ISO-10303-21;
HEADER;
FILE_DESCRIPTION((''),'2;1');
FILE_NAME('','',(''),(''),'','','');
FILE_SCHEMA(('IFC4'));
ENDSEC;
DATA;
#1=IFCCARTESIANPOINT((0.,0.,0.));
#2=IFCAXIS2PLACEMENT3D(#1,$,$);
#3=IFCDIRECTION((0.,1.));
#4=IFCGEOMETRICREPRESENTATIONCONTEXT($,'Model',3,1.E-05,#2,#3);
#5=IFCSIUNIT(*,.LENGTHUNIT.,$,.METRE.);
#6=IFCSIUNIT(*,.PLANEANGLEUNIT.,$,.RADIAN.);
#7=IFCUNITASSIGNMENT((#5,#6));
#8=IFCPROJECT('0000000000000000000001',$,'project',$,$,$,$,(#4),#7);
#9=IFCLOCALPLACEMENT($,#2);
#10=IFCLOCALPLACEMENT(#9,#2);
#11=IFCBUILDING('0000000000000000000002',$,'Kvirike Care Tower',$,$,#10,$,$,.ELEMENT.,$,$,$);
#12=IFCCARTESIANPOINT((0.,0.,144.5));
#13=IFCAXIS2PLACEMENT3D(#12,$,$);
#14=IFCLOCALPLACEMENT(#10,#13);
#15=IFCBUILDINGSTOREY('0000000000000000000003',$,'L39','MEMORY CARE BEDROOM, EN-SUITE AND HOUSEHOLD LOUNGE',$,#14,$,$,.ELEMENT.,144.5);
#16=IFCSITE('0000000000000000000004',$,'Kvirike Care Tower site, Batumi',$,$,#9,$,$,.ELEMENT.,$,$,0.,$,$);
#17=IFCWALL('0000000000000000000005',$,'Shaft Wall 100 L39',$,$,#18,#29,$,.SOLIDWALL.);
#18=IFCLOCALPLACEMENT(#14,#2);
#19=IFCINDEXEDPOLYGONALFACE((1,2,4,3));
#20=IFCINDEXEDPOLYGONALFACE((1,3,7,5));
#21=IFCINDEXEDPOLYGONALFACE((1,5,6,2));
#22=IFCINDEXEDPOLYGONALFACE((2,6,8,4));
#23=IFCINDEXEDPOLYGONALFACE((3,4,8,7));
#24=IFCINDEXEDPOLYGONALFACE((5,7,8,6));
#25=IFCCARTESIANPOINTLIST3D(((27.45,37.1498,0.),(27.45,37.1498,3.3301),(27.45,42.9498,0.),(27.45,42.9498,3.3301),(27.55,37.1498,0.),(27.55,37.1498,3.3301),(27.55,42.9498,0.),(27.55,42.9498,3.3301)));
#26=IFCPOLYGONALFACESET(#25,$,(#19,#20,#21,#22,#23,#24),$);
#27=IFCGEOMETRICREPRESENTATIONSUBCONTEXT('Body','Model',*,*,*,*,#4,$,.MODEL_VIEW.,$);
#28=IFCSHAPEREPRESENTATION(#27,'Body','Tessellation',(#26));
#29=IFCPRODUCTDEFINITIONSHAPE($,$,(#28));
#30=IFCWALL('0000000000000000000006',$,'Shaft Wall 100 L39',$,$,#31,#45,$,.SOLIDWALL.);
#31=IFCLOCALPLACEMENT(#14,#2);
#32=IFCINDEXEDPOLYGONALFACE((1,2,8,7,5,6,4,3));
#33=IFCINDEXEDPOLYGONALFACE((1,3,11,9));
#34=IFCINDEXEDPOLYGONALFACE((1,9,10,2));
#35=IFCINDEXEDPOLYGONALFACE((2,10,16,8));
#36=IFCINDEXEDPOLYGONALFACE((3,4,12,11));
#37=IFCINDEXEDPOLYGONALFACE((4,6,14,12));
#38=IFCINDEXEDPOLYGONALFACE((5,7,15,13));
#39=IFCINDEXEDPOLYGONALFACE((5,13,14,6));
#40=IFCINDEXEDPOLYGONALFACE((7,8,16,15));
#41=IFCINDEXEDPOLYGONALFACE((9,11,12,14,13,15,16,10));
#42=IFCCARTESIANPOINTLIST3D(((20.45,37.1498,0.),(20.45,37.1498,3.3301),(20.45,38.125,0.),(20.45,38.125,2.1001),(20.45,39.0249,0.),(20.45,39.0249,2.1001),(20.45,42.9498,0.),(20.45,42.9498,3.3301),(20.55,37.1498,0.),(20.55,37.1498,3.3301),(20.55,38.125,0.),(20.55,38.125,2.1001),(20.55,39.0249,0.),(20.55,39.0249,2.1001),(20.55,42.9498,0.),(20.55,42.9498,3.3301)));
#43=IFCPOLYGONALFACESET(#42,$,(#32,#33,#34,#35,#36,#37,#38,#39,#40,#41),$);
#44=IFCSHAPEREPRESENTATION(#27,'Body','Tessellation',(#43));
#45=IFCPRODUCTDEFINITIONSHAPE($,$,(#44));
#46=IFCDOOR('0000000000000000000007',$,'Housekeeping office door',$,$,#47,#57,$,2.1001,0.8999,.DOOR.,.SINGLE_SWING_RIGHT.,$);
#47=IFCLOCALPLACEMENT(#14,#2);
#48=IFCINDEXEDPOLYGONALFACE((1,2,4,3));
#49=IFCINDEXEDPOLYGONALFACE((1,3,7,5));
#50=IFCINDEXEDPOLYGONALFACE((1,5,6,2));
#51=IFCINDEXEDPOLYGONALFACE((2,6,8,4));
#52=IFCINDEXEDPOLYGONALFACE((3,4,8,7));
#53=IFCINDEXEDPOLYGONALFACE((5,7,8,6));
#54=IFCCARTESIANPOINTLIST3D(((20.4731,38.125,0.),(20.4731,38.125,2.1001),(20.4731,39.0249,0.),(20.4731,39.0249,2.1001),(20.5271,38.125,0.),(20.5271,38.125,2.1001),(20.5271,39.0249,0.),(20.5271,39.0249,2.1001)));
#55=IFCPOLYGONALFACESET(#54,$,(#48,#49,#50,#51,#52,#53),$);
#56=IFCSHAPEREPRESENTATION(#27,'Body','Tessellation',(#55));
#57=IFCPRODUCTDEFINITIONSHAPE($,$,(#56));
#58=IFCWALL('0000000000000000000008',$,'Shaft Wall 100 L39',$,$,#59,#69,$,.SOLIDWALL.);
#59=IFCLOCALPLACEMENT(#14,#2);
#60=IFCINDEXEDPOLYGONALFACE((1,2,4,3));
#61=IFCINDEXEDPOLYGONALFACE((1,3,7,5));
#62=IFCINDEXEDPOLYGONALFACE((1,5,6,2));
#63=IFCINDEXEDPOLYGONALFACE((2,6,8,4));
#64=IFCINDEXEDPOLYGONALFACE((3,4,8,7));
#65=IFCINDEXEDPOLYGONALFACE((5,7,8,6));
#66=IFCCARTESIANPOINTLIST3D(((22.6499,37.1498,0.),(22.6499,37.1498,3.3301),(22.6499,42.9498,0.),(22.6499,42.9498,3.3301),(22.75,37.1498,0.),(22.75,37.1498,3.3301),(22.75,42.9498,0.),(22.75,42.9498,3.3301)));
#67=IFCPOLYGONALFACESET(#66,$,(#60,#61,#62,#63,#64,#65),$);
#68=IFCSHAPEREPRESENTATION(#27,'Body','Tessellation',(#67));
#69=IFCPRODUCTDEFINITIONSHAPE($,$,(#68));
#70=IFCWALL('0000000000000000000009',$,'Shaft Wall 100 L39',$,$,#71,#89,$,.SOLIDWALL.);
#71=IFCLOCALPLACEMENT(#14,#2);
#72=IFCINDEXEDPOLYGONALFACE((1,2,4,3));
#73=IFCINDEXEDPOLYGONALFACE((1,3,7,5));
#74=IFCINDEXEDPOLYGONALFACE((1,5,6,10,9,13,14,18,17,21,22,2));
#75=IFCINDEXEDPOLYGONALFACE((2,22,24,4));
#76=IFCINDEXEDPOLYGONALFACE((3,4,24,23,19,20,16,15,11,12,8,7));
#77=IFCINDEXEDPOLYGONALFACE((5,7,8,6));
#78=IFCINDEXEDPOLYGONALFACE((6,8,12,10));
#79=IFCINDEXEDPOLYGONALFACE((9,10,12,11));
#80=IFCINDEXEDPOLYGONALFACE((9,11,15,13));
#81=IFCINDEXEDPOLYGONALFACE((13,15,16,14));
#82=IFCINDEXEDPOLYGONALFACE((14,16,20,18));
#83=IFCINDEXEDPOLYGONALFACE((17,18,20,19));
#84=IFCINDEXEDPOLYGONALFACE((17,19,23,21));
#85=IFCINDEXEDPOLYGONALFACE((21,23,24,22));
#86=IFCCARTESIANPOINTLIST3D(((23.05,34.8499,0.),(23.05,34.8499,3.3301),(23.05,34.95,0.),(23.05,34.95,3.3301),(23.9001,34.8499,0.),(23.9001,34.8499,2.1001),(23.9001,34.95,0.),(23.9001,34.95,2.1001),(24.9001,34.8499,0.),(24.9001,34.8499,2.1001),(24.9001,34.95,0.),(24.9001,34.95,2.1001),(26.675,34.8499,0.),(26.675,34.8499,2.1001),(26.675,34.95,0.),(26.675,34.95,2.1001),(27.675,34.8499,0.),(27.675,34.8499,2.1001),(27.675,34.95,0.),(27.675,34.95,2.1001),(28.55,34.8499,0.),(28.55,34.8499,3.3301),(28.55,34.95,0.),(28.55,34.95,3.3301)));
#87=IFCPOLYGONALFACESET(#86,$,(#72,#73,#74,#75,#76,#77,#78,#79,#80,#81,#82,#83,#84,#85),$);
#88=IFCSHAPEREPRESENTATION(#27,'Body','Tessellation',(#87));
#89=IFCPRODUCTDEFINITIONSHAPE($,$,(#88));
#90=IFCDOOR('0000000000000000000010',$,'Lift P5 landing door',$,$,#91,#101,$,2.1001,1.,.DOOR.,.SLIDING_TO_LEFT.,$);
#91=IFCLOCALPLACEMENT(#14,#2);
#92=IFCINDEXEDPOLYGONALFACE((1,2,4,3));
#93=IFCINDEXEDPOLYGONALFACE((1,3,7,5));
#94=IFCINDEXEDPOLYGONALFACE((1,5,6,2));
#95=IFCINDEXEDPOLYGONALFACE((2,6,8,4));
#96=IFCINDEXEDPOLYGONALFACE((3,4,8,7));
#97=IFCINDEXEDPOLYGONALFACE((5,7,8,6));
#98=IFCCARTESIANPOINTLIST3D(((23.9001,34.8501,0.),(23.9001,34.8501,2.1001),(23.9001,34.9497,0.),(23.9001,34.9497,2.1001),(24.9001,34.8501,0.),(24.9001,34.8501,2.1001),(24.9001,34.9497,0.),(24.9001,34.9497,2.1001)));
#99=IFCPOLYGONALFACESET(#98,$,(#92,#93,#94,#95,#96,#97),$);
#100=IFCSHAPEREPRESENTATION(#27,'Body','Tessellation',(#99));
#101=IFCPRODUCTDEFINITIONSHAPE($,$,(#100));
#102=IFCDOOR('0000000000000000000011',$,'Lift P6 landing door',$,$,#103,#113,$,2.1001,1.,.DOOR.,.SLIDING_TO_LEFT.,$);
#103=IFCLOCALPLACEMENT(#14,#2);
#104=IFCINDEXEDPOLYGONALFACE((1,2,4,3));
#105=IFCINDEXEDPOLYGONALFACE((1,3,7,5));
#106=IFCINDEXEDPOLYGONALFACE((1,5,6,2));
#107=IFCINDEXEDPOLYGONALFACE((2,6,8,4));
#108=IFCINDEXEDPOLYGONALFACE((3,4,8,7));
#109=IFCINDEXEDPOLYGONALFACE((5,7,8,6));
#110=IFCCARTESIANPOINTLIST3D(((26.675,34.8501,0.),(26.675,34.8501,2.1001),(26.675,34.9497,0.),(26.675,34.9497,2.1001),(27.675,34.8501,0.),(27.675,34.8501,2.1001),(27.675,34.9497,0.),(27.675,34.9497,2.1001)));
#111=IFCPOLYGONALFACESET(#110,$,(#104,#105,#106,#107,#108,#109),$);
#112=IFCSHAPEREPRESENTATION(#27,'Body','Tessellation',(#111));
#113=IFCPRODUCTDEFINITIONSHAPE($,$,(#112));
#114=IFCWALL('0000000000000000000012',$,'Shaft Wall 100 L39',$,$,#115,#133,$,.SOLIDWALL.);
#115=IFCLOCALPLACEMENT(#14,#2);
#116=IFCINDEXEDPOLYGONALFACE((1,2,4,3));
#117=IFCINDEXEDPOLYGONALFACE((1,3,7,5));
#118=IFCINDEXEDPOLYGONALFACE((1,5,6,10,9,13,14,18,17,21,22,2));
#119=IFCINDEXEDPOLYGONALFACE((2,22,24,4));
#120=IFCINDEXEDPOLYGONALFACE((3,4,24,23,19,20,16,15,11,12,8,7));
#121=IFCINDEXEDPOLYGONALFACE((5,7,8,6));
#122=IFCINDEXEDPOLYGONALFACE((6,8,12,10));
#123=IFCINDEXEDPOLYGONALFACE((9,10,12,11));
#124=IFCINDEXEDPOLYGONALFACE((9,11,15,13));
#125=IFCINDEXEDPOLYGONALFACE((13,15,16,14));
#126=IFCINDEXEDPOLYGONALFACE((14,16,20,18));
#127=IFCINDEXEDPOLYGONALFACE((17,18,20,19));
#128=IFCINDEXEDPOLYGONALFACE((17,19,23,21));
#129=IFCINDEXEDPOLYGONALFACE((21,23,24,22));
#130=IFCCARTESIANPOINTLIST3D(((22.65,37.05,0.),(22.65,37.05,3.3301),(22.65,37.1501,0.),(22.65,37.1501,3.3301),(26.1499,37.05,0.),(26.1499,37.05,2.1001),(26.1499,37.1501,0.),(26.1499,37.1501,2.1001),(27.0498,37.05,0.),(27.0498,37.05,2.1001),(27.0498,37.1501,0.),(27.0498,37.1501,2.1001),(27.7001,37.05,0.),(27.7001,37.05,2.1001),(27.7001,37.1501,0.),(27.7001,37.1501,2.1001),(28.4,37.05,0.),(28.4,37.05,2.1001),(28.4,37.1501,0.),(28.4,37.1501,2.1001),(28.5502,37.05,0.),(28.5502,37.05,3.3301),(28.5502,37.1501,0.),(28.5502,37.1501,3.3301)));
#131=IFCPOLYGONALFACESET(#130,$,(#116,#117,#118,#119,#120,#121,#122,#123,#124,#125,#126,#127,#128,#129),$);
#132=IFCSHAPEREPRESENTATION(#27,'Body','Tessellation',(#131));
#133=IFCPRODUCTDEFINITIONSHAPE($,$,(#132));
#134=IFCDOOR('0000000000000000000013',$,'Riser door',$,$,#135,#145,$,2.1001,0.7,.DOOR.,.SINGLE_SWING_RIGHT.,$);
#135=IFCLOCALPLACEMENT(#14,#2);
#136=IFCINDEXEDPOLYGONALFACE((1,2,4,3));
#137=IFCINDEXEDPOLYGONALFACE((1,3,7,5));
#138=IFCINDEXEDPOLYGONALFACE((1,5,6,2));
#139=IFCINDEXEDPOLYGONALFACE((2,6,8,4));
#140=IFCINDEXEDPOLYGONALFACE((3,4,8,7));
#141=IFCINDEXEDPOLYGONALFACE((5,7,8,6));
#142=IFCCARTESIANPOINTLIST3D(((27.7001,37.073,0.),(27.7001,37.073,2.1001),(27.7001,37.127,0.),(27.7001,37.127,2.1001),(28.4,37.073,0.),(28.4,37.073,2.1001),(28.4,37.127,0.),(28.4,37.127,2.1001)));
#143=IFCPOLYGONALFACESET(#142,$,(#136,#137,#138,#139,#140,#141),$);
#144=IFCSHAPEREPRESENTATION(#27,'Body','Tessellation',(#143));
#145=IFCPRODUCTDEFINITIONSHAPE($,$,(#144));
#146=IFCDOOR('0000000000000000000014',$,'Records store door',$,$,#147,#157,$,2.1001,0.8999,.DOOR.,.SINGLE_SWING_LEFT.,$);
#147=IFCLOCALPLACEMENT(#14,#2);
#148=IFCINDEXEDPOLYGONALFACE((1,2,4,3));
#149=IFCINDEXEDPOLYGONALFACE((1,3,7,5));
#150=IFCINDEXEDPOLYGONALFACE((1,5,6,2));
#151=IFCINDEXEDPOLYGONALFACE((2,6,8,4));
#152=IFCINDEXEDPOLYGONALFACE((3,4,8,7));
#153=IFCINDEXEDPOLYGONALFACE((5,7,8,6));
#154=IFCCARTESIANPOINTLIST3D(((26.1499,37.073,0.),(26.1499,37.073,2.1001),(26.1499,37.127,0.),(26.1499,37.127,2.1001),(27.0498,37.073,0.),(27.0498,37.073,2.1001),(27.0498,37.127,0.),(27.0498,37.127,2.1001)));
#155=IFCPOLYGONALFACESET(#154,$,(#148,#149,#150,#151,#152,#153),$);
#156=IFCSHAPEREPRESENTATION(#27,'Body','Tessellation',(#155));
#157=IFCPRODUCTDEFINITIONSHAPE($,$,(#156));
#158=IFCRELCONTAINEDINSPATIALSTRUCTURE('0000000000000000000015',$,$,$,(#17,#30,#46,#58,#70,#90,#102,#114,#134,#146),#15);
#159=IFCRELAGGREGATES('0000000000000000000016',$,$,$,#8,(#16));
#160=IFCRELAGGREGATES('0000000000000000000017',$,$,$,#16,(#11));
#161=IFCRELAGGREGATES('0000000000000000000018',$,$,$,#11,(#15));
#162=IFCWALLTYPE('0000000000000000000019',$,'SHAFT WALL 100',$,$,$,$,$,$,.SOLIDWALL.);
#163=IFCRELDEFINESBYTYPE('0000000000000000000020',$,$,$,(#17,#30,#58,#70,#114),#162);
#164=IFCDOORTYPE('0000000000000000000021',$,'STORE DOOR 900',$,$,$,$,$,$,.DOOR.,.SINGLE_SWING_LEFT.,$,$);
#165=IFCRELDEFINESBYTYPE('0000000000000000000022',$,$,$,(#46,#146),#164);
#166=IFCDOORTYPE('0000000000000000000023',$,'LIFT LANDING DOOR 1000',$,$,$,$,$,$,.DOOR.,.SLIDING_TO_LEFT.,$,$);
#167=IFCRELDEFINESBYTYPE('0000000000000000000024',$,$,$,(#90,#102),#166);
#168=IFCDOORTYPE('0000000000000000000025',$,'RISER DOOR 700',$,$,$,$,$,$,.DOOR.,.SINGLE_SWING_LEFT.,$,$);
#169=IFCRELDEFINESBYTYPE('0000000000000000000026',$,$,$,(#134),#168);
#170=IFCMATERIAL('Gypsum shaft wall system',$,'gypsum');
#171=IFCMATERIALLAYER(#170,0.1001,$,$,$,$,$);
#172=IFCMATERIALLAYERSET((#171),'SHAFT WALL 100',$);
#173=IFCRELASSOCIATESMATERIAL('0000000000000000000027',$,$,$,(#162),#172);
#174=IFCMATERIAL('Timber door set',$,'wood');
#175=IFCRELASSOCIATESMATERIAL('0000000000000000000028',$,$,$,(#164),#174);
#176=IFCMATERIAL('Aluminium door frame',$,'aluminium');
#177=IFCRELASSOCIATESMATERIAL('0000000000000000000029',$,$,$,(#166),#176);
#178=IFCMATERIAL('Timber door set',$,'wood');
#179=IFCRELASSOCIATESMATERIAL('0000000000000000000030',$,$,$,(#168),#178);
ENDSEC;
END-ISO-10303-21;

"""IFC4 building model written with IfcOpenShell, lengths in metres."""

from ifc_helpers import new_model, si_unit, direction, frame, frame_2d, origin, place, context, subcontext, project, spatial, rectangle, extrude, material, layer, layer_set, type_object, element, fill, save


model = new_model("IFC4")

# Units and contexts
model_context = context("Model", 3, precision=1e-05, world=origin(), true_north=direction((0.0, 1.0)))
body_context = subcontext(model_context, "Body", "Model", "MODEL_VIEW")
ifc_project = project(units=[si_unit("LENGTHUNIT", "METRE"), si_unit("PLANEANGLEUNIT", "RADIAN")], contexts=[model_context])

# Site, building, storey
site_placement = place(None, origin())
site = spatial("IfcSite", under=ifc_project, at=site_placement, Name="Kvirike Care Tower site, Batumi", CompositionType="ELEMENT", RefElevation=0.0)
building_placement = place(site_placement, origin())
building = spatial("IfcBuilding", under=site, at=building_placement, Name="Kvirike Care Tower", CompositionType="ELEMENT")
storey_placement = place(building_placement, frame((0.0, 0.0, 144.5)))
storey = spatial("IfcBuildingStorey", under=building, at=storey_placement, Name="L39", Description="MEMORY CARE BEDROOM, EN-SUITE AND HOUSEHOLD LOUNGE", CompositionType="ELEMENT", Elevation=144.5)

# Wall
ifc_material_1 = material(Name="Gypsum shaft wall system", Category="gypsum")
ifc_layer_1 = layer(ifc_material_1, 0.1001)
ifc_layer_set_1 = layer_set([ifc_layer_1], Name="SHAFT WALL 100")
wall_type_1 = type_object("IfcWallType", Name="SHAFT WALL 100", PredefinedType="SOLIDWALL", material=ifc_layer_set_1)
wall_1_placement = place(storey_placement, frame((27.5, 37.1499, 0.0), z_axis=(0.0, 0.0, 1.0), x_axis=(0.0, 1.0, 0.0)))
element("IfcWall", 1, at=wall_1_placement, inside=storey, type_object=wall_type_1, Name="Shaft Wall 100 L39", PredefinedType="SOLIDWALL", context=body_context, shape_type="SweptSolid", body=[
    extrude(rectangle(XDim=5.8, YDim=0.1001, at=frame_2d((2.8999, 0.0))), origin(), (0.0, 0.0, 1.0), 3.3301),
])

# Wall, opening, door
wall_2_placement = place(storey_placement, frame((20.5, 37.1499, 0.0), z_axis=(0.0, 0.0, 1.0), x_axis=(0.0, 1.0, 0.0)))
wall_2 = element("IfcWall", 2, at=wall_2_placement, inside=storey, type_object=wall_type_1, Name="Shaft Wall 100 L39", PredefinedType="SOLIDWALL", context=body_context, shape_type="SweptSolid", body=[
    extrude(rectangle(XDim=5.8, YDim=0.1001, at=frame_2d((2.8999, 0.0))), origin(), (0.0, 0.0, 1.0), 3.3301),
])
opening_1_placement = place(wall_2_placement, frame((0.9751, 0.0, 0.0)))
opening_1 = element("IfcOpeningElement", 3, at=opening_1_placement, cuts=wall_2, PredefinedType="OPENING", context=body_context, shape_type="SweptSolid", body=[
    extrude(rectangle(XDim=0.8999, YDim=2.1001, at=frame_2d((0.45, 1.05))), frame((0.0, 0.0605, 0.0), z_axis=(0.0, -1.0, 0.0), x_axis=(1.0, 0.0, 0.0)), (0.0, 0.0, 1.0), 0.1211),
])
ifc_material_2 = material(Name="Timber door set", Category="wood")
door_type_1 = type_object("IfcDoorType", Name="STORE DOOR 900", OperationType="SINGLE_SWING_LEFT", PredefinedType="DOOR", material=ifc_material_2)
door_1_placement = place(opening_1_placement, origin())
door_1 = element("IfcDoor", 4, at=door_1_placement, inside=storey, type_object=door_type_1, Name="Housekeeping office door", OperationType="SINGLE_SWING_RIGHT", OverallHeight=2.1001, OverallWidth=0.8999, PredefinedType="DOOR", context=body_context, shape_type="SweptSolid", body=[
    extrude(rectangle(XDim=0.8999, YDim=2.1001, at=frame_2d((0.45, 1.05))), frame((0.0, 0.0269, 0.0), z_axis=(0.0, -1.0, 0.0), x_axis=(1.0, 0.0, 0.0)), (0.0, 0.0, 1.0), 0.054),
])
fill(opening_1, door_1)

# Wall
wall_3_placement = place(storey_placement, frame((22.7, 37.1499, 0.0), z_axis=(0.0, 0.0, 1.0), x_axis=(0.0, 1.0, 0.0)))
element("IfcWall", 5, at=wall_3_placement, inside=storey, type_object=wall_type_1, Name="Shaft Wall 100 L39", PredefinedType="SOLIDWALL", context=body_context, shape_type="SweptSolid", body=[
    extrude(rectangle(XDim=5.8, YDim=0.1001, at=frame_2d((2.8999, 0.0))), origin(), (0.0, 0.0, 1.0), 3.3301),
])

# Walls, openings, doors
wall_4_placement = place(storey_placement, frame((23.05, 34.8999, 0.0), z_axis=(0.0, 0.0, 1.0), x_axis=(1.0, 0.0, 0.0)))
wall_4 = element("IfcWall", 6, at=wall_4_placement, inside=storey, type_object=wall_type_1, Name="Shaft Wall 100 L39", PredefinedType="SOLIDWALL", context=body_context, shape_type="SweptSolid", body=[
    extrude(rectangle(XDim=5.5, YDim=0.1001, at=frame_2d((2.75, 0.0))), origin(), (0.0, 0.0, 1.0), 3.3301),
])
opening_2_placement = place(wall_4_placement, frame((0.8501, 0.0, 0.0)))
opening_2 = element("IfcOpeningElement", 7, at=opening_2_placement, cuts=wall_4, PredefinedType="OPENING", context=body_context, shape_type="SweptSolid", body=[
    extrude(rectangle(XDim=1.0, YDim=2.1001, at=frame_2d((0.5, 1.05))), frame((0.0, 0.0605, 0.0), z_axis=(0.0, -1.0, 0.0), x_axis=(1.0, 0.0, 0.0)), (0.0, 0.0, 1.0), 0.1211),
])
opening_3_placement = place(wall_4_placement, frame((3.625, 0.0, 0.0)))
opening_3 = element("IfcOpeningElement", 8, at=opening_3_placement, cuts=wall_4, PredefinedType="OPENING", context=body_context, shape_type="SweptSolid", body=[
    extrude(rectangle(XDim=1.0, YDim=2.1001, at=frame_2d((0.5, 1.05))), frame((0.0, 0.0605, 0.0), z_axis=(0.0, -1.0, 0.0), x_axis=(1.0, 0.0, 0.0)), (0.0, 0.0, 1.0), 0.1211),
])
ifc_material_3 = material(Name="Aluminium door frame", Category="aluminium")
door_type_2 = type_object("IfcDoorType", Name="LIFT LANDING DOOR 1000", OperationType="SLIDING_TO_LEFT", PredefinedType="DOOR", material=ifc_material_3)
door_2_placement = place(opening_2_placement, origin())
door_2 = element("IfcDoor", 9, at=door_2_placement, inside=storey, type_object=door_type_2, Name="Lift P5 landing door", OperationType="SLIDING_TO_LEFT", OverallHeight=2.1001, OverallWidth=1.0, PredefinedType="DOOR", context=body_context, shape_type="SweptSolid", body=[
    extrude(rectangle(XDim=1.0, YDim=2.1001, at=frame_2d((0.5, 1.05))), frame((0.0, 0.0498, 0.0), z_axis=(0.0, -1.0, 0.0), x_axis=(1.0, 0.0, 0.0)), (0.0, 0.0, 1.0), 0.0996),
])
fill(opening_2, door_2)
door_3_placement = place(opening_3_placement, origin())
door_3 = element("IfcDoor", 10, at=door_3_placement, inside=storey, type_object=door_type_2, Name="Lift P6 landing door", OperationType="SLIDING_TO_LEFT", OverallHeight=2.1001, OverallWidth=1.0, PredefinedType="DOOR", context=body_context, shape_type="SweptSolid", body=[
    extrude(rectangle(XDim=1.0, YDim=2.1001, at=frame_2d((0.5, 1.05))), frame((0.0, 0.0498, 0.0), z_axis=(0.0, -1.0, 0.0), x_axis=(1.0, 0.0, 0.0)), (0.0, 0.0, 1.0), 0.0996),
])
fill(opening_3, door_3)
wall_5_placement = place(storey_placement, frame((22.6499, 37.1001, 0.0), z_axis=(0.0, 0.0, 1.0), x_axis=(1.0, 0.0, 0.0)))
wall_5 = element("IfcWall", 11, at=wall_5_placement, inside=storey, type_object=wall_type_1, Name="Shaft Wall 100 L39", PredefinedType="SOLIDWALL", context=body_context, shape_type="SweptSolid", body=[
    extrude(rectangle(XDim=5.9001, YDim=0.1001, at=frame_2d((2.9502, 0.0))), origin(), (0.0, 0.0, 1.0), 3.3301),
])
opening_4_placement = place(wall_5_placement, frame((3.5, 0.0, 0.0)))
opening_4 = element("IfcOpeningElement", 12, at=opening_4_placement, cuts=wall_5, PredefinedType="OPENING", context=body_context, shape_type="SweptSolid", body=[
    extrude(rectangle(XDim=0.8999, YDim=2.1001, at=frame_2d((0.45, 1.05))), frame((0.0, 0.0605, 0.0), z_axis=(0.0, -1.0, 0.0), x_axis=(1.0, 0.0, 0.0)), (0.0, 0.0, 1.0), 0.1211),
])
opening_5_placement = place(wall_5_placement, frame((5.05, 0.0, 0.0)))
opening_5 = element("IfcOpeningElement", 13, at=opening_5_placement, cuts=wall_5, PredefinedType="OPENING", context=body_context, shape_type="SweptSolid", body=[
    extrude(rectangle(XDim=0.7, YDim=2.1001, at=frame_2d((0.3501, 1.05))), frame((0.0, 0.0605, 0.0), z_axis=(0.0, -1.0, 0.0), x_axis=(1.0, 0.0, 0.0)), (0.0, 0.0, 1.0), 0.1211),
])
ifc_material_4 = material(Name="Timber door set", Category="wood")
door_type_3 = type_object("IfcDoorType", Name="RISER DOOR 700", OperationType="SINGLE_SWING_LEFT", PredefinedType="DOOR", material=ifc_material_4)
door_4_placement = place(opening_5_placement, origin())
door_4 = element("IfcDoor", 14, at=door_4_placement, inside=storey, type_object=door_type_3, Name="Riser door", OperationType="SINGLE_SWING_RIGHT", OverallHeight=2.1001, OverallWidth=0.7, PredefinedType="DOOR", context=body_context, shape_type="SweptSolid", body=[
    extrude(rectangle(XDim=0.7, YDim=2.1001, at=frame_2d((0.3501, 1.05))), frame((0.0, 0.0269, 0.0), z_axis=(0.0, -1.0, 0.0), x_axis=(1.0, 0.0, 0.0)), (0.0, 0.0, 1.0), 0.054),
])
fill(opening_5, door_4)
door_5_placement = place(opening_4_placement, origin())
door_5 = element("IfcDoor", 15, at=door_5_placement, inside=storey, type_object=door_type_1, Name="Records store door", OperationType="SINGLE_SWING_LEFT", OverallHeight=2.1001, OverallWidth=0.8999, PredefinedType="DOOR", context=body_context, shape_type="SweptSolid", body=[
    extrude(rectangle(XDim=0.8999, YDim=2.1001, at=frame_2d((0.45, 1.05))), frame((0.0, 0.0269, 0.0), z_axis=(0.0, -1.0, 0.0), x_axis=(1.0, 0.0, 0.0)), (0.0, 0.0, 1.0), 0.054),
])
fill(opening_4, door_5)

save(model, "model.ifc")
